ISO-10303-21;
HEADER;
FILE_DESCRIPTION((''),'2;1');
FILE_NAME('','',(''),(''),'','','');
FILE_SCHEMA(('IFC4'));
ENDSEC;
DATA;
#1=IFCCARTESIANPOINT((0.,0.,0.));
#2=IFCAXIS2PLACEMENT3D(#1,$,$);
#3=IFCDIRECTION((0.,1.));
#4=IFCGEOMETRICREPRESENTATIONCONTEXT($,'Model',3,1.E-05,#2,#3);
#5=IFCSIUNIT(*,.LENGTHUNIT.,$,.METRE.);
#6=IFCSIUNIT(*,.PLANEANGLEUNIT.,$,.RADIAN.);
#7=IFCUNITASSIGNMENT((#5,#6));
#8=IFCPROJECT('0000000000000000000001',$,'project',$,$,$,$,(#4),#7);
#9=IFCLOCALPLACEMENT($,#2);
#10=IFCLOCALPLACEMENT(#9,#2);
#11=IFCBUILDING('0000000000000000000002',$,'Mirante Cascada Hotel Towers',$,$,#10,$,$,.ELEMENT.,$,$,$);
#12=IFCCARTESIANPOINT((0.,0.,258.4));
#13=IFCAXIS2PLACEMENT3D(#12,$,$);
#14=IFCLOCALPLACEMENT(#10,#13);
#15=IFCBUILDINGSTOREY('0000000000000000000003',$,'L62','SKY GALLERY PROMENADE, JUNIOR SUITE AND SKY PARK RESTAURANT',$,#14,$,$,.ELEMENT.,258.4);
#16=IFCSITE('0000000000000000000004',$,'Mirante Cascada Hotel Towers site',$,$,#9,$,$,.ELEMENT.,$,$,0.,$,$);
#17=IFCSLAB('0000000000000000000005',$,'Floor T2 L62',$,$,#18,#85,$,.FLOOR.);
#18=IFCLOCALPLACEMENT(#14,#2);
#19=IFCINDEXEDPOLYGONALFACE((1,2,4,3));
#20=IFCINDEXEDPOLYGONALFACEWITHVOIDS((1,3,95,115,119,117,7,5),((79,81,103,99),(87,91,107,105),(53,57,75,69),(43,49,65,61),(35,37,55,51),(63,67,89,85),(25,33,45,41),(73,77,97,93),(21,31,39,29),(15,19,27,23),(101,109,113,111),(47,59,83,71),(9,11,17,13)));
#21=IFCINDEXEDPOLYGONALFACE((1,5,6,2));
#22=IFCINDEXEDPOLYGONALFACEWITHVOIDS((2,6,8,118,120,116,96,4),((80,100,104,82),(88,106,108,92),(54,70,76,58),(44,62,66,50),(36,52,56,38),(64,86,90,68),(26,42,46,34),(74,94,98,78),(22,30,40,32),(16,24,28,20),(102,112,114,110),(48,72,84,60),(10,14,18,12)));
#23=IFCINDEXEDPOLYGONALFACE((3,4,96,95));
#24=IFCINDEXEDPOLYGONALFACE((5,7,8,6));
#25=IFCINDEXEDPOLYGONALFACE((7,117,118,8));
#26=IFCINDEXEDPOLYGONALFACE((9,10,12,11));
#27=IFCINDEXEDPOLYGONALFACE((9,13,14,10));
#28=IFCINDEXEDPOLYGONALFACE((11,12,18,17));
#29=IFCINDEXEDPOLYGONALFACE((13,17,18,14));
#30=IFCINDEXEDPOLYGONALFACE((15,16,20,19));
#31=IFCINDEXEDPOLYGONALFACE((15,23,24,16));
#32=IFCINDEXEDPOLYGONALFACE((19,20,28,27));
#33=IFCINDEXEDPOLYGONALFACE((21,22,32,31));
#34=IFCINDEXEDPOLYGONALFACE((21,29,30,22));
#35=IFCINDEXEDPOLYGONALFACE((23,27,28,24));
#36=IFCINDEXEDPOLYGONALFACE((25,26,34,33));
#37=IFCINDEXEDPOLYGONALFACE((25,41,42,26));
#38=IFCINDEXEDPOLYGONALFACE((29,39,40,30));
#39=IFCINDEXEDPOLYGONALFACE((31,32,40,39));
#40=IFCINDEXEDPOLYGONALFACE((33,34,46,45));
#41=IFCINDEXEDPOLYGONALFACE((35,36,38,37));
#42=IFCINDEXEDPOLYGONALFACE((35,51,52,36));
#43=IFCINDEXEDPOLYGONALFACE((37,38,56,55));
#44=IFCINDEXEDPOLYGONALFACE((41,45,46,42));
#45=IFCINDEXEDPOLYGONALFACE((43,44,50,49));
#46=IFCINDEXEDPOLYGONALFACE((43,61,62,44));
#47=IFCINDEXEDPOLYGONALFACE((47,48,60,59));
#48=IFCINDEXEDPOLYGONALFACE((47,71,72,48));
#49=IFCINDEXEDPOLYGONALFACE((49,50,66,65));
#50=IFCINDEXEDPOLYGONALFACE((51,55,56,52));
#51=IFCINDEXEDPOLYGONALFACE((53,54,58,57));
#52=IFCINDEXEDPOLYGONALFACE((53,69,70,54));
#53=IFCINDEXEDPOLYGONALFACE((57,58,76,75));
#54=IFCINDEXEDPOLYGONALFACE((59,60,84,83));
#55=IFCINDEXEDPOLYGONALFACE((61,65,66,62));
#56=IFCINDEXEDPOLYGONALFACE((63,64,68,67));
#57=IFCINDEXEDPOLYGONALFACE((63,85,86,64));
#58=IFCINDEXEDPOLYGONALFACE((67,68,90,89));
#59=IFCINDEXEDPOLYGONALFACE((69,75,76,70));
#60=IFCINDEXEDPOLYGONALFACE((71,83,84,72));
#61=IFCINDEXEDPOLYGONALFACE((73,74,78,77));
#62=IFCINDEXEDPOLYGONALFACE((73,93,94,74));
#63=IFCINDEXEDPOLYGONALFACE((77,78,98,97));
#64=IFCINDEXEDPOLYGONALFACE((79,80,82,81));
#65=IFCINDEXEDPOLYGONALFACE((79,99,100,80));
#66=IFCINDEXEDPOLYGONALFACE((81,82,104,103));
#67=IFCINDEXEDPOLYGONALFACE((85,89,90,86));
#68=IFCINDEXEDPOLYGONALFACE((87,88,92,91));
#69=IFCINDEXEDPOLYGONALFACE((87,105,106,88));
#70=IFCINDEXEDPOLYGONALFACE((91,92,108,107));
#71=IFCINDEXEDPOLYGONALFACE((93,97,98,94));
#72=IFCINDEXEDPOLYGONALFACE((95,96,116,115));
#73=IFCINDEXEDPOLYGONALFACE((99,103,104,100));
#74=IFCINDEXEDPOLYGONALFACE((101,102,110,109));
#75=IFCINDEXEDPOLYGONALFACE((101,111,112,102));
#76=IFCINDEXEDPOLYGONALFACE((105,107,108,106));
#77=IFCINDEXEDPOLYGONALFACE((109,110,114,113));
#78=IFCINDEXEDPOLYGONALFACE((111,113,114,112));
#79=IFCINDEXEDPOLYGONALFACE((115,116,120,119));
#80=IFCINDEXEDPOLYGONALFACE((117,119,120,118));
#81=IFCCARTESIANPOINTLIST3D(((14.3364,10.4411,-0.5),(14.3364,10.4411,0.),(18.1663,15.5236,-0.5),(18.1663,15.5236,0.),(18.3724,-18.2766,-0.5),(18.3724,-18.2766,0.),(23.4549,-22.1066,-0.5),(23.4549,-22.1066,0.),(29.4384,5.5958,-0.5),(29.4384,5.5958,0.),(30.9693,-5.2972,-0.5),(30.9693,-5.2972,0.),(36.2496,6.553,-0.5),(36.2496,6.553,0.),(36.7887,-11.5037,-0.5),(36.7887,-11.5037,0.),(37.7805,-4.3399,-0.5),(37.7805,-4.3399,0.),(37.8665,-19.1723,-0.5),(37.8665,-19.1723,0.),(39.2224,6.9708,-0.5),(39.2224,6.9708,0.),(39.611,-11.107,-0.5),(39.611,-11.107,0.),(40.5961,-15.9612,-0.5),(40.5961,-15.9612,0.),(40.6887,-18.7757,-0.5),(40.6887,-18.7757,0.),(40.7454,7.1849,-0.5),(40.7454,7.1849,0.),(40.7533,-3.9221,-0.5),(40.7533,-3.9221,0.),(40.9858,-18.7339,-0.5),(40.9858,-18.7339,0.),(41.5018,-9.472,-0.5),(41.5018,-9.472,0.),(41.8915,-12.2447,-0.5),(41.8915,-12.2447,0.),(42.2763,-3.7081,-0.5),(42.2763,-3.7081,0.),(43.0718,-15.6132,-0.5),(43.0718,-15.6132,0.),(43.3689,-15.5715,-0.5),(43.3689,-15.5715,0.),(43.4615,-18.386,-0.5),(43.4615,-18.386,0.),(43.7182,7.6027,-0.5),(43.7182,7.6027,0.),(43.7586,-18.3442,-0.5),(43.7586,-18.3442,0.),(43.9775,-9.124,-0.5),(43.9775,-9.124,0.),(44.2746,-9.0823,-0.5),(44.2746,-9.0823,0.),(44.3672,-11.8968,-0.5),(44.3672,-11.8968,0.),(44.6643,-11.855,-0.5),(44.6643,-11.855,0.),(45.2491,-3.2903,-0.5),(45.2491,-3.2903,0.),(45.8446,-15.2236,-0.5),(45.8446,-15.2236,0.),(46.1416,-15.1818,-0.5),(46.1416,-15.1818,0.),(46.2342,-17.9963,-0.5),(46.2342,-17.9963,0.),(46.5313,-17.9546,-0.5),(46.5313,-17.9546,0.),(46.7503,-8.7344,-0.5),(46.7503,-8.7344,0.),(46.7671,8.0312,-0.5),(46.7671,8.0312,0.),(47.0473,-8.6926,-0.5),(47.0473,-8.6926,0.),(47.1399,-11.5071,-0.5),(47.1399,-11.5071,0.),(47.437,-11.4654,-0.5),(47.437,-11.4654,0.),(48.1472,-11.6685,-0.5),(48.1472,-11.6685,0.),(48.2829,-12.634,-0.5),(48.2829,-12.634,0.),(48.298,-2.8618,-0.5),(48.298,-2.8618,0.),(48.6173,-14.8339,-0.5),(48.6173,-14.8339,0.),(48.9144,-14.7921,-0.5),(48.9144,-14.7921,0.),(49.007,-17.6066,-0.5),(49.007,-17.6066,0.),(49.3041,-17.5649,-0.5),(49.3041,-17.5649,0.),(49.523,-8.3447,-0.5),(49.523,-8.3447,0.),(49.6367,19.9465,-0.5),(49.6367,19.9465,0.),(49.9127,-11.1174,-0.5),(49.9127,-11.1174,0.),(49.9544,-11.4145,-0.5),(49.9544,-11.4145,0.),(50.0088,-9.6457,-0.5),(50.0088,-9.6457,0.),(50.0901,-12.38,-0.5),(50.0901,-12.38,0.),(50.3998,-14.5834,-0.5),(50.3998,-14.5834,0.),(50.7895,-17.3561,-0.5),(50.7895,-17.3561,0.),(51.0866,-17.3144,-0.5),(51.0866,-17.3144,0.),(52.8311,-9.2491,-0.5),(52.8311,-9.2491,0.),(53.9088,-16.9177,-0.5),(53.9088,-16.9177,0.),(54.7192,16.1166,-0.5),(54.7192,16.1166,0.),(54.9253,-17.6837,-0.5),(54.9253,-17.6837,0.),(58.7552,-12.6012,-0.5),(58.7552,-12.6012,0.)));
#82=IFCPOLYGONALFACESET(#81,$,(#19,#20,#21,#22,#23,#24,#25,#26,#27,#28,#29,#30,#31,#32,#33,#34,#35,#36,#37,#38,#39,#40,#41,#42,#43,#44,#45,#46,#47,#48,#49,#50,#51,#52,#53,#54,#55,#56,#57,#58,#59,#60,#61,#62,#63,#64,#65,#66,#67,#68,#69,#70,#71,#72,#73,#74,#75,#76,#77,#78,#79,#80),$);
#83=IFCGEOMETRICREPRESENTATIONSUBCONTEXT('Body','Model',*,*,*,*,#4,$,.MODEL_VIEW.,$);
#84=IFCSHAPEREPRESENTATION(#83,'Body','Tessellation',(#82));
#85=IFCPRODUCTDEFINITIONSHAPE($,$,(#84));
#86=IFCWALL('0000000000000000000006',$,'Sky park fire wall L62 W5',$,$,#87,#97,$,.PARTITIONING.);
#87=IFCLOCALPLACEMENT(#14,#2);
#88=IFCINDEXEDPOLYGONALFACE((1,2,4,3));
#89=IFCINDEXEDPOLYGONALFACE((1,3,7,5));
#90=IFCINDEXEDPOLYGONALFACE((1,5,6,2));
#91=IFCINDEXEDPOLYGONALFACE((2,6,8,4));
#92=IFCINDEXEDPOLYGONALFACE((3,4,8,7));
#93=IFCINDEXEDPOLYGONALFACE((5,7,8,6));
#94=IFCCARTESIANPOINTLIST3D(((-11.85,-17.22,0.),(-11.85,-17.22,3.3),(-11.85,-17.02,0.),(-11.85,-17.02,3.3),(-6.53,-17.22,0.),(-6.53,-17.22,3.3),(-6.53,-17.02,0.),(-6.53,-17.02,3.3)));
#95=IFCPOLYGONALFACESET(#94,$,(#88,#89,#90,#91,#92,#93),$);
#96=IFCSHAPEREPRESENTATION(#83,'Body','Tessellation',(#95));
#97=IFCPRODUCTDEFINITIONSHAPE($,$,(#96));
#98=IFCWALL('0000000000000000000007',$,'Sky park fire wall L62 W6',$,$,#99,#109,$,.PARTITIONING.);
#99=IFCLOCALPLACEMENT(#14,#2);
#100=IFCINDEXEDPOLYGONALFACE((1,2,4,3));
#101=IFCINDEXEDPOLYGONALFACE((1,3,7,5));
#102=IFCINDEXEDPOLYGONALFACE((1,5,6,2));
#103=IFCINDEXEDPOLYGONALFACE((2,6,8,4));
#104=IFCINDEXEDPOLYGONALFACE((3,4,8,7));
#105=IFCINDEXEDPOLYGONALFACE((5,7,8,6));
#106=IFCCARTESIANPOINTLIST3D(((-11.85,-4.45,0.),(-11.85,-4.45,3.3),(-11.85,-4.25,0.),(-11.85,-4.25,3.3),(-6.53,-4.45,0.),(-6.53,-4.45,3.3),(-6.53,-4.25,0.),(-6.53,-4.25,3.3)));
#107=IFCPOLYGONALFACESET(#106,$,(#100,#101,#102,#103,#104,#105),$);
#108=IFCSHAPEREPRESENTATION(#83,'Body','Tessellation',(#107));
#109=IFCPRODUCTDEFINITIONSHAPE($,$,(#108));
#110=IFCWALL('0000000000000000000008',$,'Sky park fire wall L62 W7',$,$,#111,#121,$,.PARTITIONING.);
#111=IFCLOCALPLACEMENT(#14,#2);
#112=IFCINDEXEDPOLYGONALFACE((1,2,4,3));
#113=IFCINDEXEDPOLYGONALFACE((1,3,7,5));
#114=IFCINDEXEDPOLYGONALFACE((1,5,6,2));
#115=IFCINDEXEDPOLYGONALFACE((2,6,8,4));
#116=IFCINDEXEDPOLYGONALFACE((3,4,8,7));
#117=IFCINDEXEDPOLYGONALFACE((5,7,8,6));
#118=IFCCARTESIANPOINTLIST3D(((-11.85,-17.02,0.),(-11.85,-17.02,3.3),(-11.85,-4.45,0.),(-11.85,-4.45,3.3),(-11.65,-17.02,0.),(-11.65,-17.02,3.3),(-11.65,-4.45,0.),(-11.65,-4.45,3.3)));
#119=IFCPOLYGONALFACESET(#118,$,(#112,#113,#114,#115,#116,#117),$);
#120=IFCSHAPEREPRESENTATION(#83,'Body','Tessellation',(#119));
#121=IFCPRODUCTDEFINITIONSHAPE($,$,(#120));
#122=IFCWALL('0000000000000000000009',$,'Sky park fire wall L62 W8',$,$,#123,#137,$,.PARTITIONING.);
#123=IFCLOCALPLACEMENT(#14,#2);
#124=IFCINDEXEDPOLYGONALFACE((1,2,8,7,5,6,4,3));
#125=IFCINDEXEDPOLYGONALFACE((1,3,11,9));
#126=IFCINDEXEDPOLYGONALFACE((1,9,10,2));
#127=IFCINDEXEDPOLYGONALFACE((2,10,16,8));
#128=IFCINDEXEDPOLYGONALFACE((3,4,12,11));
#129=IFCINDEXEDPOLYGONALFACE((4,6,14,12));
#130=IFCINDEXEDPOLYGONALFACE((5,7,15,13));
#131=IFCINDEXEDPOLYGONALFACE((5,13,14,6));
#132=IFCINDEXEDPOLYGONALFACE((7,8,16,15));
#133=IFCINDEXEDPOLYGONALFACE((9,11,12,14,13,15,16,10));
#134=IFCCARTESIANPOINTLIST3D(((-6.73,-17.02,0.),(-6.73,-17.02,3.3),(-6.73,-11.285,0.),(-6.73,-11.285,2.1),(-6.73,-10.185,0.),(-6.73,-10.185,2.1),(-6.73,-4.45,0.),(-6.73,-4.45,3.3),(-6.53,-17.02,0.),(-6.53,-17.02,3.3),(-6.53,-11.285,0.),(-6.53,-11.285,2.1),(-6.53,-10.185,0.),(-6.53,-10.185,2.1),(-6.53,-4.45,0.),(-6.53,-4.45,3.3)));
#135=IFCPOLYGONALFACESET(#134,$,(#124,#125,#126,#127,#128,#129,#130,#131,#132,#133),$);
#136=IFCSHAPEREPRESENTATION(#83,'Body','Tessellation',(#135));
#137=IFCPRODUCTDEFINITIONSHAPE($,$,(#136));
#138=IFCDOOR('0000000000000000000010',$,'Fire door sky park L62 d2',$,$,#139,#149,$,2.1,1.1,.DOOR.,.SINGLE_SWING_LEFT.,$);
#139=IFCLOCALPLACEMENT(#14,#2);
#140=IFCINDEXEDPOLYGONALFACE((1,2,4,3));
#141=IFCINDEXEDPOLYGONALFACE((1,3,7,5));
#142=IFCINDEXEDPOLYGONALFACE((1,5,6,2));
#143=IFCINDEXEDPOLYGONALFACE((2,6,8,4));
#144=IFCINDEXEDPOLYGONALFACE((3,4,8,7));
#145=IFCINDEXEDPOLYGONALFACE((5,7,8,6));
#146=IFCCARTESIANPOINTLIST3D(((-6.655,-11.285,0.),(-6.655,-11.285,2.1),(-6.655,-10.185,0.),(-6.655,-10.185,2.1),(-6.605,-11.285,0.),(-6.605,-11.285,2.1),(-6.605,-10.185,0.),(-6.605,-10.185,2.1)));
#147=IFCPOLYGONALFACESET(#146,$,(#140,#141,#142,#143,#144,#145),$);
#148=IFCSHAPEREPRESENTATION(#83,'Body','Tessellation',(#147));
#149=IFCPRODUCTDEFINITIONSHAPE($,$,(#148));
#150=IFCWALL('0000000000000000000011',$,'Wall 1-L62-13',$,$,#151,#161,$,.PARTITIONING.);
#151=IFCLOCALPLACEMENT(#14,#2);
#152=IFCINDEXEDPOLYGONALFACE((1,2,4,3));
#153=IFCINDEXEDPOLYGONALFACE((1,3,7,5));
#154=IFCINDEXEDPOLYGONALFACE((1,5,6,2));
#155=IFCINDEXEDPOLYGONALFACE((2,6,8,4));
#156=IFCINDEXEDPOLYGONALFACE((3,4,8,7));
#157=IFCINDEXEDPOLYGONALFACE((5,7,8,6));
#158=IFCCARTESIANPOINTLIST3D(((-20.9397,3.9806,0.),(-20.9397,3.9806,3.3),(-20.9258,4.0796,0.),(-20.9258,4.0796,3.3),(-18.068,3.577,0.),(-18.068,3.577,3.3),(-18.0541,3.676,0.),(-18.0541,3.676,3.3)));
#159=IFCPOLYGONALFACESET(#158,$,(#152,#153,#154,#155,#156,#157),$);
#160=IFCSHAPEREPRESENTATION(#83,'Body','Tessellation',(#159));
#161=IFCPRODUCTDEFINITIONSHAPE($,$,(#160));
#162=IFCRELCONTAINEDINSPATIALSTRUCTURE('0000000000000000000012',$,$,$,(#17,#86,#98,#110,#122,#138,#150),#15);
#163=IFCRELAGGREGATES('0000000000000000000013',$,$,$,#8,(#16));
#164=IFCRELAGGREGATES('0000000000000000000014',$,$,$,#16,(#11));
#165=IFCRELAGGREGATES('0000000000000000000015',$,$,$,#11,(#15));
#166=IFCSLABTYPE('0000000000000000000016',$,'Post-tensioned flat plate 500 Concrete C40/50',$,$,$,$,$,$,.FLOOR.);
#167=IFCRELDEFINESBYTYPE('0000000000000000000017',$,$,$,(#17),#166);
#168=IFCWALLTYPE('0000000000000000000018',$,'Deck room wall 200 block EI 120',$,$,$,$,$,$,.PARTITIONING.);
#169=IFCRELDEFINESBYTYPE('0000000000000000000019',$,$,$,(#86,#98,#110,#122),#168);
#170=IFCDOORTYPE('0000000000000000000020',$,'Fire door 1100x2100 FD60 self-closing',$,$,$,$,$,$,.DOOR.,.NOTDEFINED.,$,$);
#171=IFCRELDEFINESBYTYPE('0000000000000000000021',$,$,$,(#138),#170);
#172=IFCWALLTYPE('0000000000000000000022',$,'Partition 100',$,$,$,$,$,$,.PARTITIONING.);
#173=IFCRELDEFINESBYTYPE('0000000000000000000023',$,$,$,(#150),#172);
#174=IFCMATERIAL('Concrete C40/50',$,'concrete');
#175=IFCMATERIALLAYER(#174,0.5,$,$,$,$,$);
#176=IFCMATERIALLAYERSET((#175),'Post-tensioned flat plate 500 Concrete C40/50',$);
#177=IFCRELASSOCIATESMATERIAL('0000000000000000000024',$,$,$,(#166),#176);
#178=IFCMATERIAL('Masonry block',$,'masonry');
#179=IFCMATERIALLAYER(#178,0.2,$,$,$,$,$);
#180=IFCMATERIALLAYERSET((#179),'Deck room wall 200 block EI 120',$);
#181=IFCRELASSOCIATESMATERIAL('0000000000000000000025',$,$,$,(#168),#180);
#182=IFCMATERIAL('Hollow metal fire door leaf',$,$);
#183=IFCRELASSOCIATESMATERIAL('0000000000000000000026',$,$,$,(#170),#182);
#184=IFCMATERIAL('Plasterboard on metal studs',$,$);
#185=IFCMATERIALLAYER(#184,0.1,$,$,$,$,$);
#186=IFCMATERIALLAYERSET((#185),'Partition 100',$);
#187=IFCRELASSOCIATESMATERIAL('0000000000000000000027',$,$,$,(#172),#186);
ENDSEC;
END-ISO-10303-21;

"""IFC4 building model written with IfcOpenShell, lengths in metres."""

from ifc_helpers import new_model, si_unit, direction, frame, frame_2d, origin, place, context, subcontext, project, spatial, polyline, rectangle, outline, extrude, material, layer, layer_set, type_object, element, fill, save


model = new_model("IFC4")

# Units and contexts
model_context = context("Model", 3, precision=1e-05, world=origin(), true_north=direction((0.0, 1.0)))
body_context = subcontext(model_context, "Body", "Model", "MODEL_VIEW")
ifc_project = project(units=[si_unit("LENGTHUNIT", "METRE"), si_unit("PLANEANGLEUNIT", "RADIAN")], contexts=[model_context])

# Site, building, storey
site_placement = place(None, origin())
site = spatial("IfcSite", under=ifc_project, at=site_placement, Name="Mirante Cascada Hotel Towers site", CompositionType="ELEMENT", RefElevation=0.0)
building_placement = place(site_placement, origin())
building = spatial("IfcBuilding", under=site, at=building_placement, Name="Mirante Cascada Hotel Towers", CompositionType="ELEMENT")
storey_placement = place(building_placement, frame((0.0, 0.0, 258.4)))
storey = spatial("IfcBuildingStorey", under=building, at=storey_placement, Name="L62", Description="SKY GALLERY PROMENADE, JUNIOR SUITE AND SKY PARK RESTAURANT", CompositionType="ELEMENT", Elevation=258.4)

# Slab
ifc_material_1 = material(Name="Concrete C40/50", Category="concrete")
ifc_layer_1 = layer(ifc_material_1, 0.5)
ifc_layer_set_1 = layer_set([ifc_layer_1], Name="Post-tensioned flat plate 500 Concrete C40/50")
slab_type = type_object("IfcSlabType", Name="Post-tensioned flat plate 500 Concrete C40/50", PredefinedType="FLOOR", material=ifc_layer_set_1)
slab_1_placement = place(storey_placement, frame((0.0, 0.0, -0.5)))
element("IfcSlab", 1, at=slab_1_placement, inside=storey, type_object=slab_type, Name="Floor T2 L62", PredefinedType="FLOOR", context=body_context, shape_type="SweptSolid", body=[
    extrude(outline(polyline([(18.3724, -18.2766), (14.3364, 10.4411), (18.1663, 15.5236), (49.6367, 19.9465), (54.7192, 16.1166), (58.7552, -12.6012), (54.9253, -17.6837), (23.4549, -22.1066), (18.3724, -18.2766)]), holes=[polyline([(40.5961, -15.9612), (40.9858, -18.7339), (43.4615, -18.386), (43.0718, -15.6132), (40.5961, -15.9612)]), polyline([(43.3689, -15.5715), (43.7586, -18.3442), (46.2342, -17.9963), (45.8446, -15.2236), (43.3689, -15.5715)]), polyline([(40.6887, -18.7757), (39.611, -11.107), (36.7887, -11.5037), (37.8665, -19.1723), (40.6887, -18.7757)]), polyline([(43.9775, -9.124), (41.5018, -9.472), (41.8915, -12.2447), (44.3672, -11.8968), (43.9775, -9.124)]), polyline([(46.7503, -8.7344), (44.2746, -9.0823), (44.6643, -11.855), (47.1399, -11.5071), (46.7503, -8.7344)]), polyline([(30.9693, -5.2972), (29.4384, 5.5958), (36.2496, 6.553), (37.7805, -4.3399), (30.9693, -5.2972)]), polyline([(40.7533, -3.9221), (40.7533, -3.9221), (39.2224, 6.9708), (40.7454, 7.1849), (42.2763, -3.7081), (42.2763, -3.7081), (40.7533, -3.9221)]), polyline([(46.7671, 8.0312), (48.298, -2.8618), (45.2491, -3.2903), (45.2491, -3.2903), (43.7182, 7.6027), (46.7671, 8.0312)]), polyline([(48.6173, -14.8339), (46.1416, -15.1818), (46.5313, -17.9546), (49.007, -17.6066), (48.6173, -14.8339)]), polyline([(50.3998, -14.5834), (48.9144, -14.7921), (49.3041, -17.5649), (50.7895, -17.3561), (50.3998, -14.5834)]), polyline([(53.9088, -16.9177), (52.8311, -9.2491), (50.0088, -9.6457), (51.0866, -17.3144), (53.9088, -16.9177)]), polyline([(49.9544, -11.4145), (48.1472, -11.6685), (48.2829, -12.634), (50.0901, -12.38), (49.9544, -11.4145)]), polyline([(49.523, -8.3447), (47.0473, -8.6926), (47.437, -11.4654), (49.9127, -11.1174), (49.523, -8.3447)])]), origin(), (0.0, 0.0, 1.0), 0.5),
])

# Walls
ifc_material_2 = material(Name="Masonry block", Category="masonry")
ifc_layer_2 = layer(ifc_material_2, 0.2)
ifc_layer_set_2 = layer_set([ifc_layer_2], Name="Deck room wall 200 block EI 120")
wall_type_1 = type_object("IfcWallType", Name="Deck room wall 200 block EI 120", PredefinedType="PARTITIONING", material=ifc_layer_set_2)
for number, where, z_axis, x_axis, name in (
    (2, (-11.85, -17.12, 0.0), (0.0, 0.0, 1.0), (1.0, 0.0, 0.0), "Sky park fire wall L62 W5"),
    (3, (-11.85, -4.35, 0.0), (0.0, 0.0, 1.0), (1.0, 0.0, 0.0), "Sky park fire wall L62 W6"),
):
    element("IfcWall", number, at=place(storey_placement, frame(where, z_axis=z_axis, x_axis=x_axis)), inside=storey, type_object=wall_type_1, Name=name, PredefinedType="PARTITIONING", context=body_context, shape_type="SweptSolid", body=[
        extrude(rectangle(XDim=5.32, YDim=0.2, at=frame_2d((2.66, 0.0))), origin(), (0.0, 0.0, 1.0), 3.3),
    ])
wall_1_placement = place(storey_placement, frame((-11.75, -17.02, 0.0), z_axis=(0.0, 0.0, 1.0), x_axis=(0.0, 1.0, 0.0)))
element("IfcWall", 4, at=wall_1_placement, inside=storey, type_object=wall_type_1, Name="Sky park fire wall L62 W7", PredefinedType="PARTITIONING", context=body_context, shape_type="SweptSolid", body=[
    extrude(rectangle(XDim=12.57, YDim=0.2, at=frame_2d((6.285, 0.0))), origin(), (0.0, 0.0, 1.0), 3.3),
])

# Wall, opening, door
wall_2_placement = place(storey_placement, frame((-6.63, -17.02, 0.0), z_axis=(0.0, 0.0, 1.0), x_axis=(0.0, 1.0, 0.0)))
wall_2 = element("IfcWall", 5, at=wall_2_placement, inside=storey, type_object=wall_type_1, Name="Sky park fire wall L62 W8", PredefinedType="PARTITIONING", context=body_context, shape_type="SweptSolid", body=[
    extrude(rectangle(XDim=12.57, YDim=0.2, at=frame_2d((6.285, 0.0))), origin(), (0.0, 0.0, 1.0), 3.3),
])
opening_1_placement = place(wall_2_placement, frame((5.735, 0.0, 0.0)))
opening_1 = element("IfcOpeningElement", 6, at=opening_1_placement, cuts=wall_2, PredefinedType="OPENING", context=body_context, shape_type="SweptSolid", body=[
    extrude(rectangle(XDim=1.1, YDim=2.1, at=frame_2d((0.55, 1.05))), frame((0.0, 0.1, 0.0), z_axis=(0.0, -1.0, 0.0), x_axis=(1.0, 0.0, 0.0)), (0.0, 0.0, 1.0), 0.2),
])
ifc_material_3 = material(Name="Hollow metal fire door leaf")
door_type_1 = type_object("IfcDoorType", Name="Fire door 1100x2100 FD60 self-closing", OperationType="NOTDEFINED", PredefinedType="DOOR", material=ifc_material_3)
door_1_placement = place(opening_1_placement, origin())
door_1 = element("IfcDoor", 7, at=door_1_placement, inside=storey, type_object=door_type_1, Name="Fire door sky park L62 d2", OperationType="SINGLE_SWING_LEFT", OverallHeight=2.1, OverallWidth=1.1, PredefinedType="DOOR", context=body_context, shape_type="SweptSolid", body=[
    extrude(rectangle(XDim=1.1, YDim=2.1, at=frame_2d((0.55, 1.05))), frame((0.0, 0.025, 0.0), z_axis=(0.0, -1.0, 0.0), x_axis=(1.0, 0.0, 0.0)), (0.0, 0.0, 1.0), 0.05),
])
fill(opening_1, door_1)

# Wall
ifc_material_4 = material(Name="Plasterboard on metal studs")
ifc_layer_3 = layer(ifc_material_4, 0.1)
ifc_layer_set_3 = layer_set([ifc_layer_3], Name="Partition 100")
wall_type_2 = type_object("IfcWallType", Name="Partition 100", PredefinedType="PARTITIONING", material=ifc_layer_set_3)
wall_3_placement = place(storey_placement, frame((-18.061, 3.6265, 0.0), z_axis=(0.0, 0.0, 1.0), x_axis=(-0.990268, 0.139176, 0.0)))
element("IfcWall", 8, at=wall_3_placement, inside=storey, type_object=wall_type_2, Name="Wall 1-L62-13", PredefinedType="PARTITIONING", context=body_context, shape_type="SweptSolid", body=[
    extrude(rectangle(XDim=2.8999, YDim=0.1, at=frame_2d((1.45, 0.0))), origin(), (0.0, 0.0, 1.0), 3.3),
])

save(model, "model.ifc")
